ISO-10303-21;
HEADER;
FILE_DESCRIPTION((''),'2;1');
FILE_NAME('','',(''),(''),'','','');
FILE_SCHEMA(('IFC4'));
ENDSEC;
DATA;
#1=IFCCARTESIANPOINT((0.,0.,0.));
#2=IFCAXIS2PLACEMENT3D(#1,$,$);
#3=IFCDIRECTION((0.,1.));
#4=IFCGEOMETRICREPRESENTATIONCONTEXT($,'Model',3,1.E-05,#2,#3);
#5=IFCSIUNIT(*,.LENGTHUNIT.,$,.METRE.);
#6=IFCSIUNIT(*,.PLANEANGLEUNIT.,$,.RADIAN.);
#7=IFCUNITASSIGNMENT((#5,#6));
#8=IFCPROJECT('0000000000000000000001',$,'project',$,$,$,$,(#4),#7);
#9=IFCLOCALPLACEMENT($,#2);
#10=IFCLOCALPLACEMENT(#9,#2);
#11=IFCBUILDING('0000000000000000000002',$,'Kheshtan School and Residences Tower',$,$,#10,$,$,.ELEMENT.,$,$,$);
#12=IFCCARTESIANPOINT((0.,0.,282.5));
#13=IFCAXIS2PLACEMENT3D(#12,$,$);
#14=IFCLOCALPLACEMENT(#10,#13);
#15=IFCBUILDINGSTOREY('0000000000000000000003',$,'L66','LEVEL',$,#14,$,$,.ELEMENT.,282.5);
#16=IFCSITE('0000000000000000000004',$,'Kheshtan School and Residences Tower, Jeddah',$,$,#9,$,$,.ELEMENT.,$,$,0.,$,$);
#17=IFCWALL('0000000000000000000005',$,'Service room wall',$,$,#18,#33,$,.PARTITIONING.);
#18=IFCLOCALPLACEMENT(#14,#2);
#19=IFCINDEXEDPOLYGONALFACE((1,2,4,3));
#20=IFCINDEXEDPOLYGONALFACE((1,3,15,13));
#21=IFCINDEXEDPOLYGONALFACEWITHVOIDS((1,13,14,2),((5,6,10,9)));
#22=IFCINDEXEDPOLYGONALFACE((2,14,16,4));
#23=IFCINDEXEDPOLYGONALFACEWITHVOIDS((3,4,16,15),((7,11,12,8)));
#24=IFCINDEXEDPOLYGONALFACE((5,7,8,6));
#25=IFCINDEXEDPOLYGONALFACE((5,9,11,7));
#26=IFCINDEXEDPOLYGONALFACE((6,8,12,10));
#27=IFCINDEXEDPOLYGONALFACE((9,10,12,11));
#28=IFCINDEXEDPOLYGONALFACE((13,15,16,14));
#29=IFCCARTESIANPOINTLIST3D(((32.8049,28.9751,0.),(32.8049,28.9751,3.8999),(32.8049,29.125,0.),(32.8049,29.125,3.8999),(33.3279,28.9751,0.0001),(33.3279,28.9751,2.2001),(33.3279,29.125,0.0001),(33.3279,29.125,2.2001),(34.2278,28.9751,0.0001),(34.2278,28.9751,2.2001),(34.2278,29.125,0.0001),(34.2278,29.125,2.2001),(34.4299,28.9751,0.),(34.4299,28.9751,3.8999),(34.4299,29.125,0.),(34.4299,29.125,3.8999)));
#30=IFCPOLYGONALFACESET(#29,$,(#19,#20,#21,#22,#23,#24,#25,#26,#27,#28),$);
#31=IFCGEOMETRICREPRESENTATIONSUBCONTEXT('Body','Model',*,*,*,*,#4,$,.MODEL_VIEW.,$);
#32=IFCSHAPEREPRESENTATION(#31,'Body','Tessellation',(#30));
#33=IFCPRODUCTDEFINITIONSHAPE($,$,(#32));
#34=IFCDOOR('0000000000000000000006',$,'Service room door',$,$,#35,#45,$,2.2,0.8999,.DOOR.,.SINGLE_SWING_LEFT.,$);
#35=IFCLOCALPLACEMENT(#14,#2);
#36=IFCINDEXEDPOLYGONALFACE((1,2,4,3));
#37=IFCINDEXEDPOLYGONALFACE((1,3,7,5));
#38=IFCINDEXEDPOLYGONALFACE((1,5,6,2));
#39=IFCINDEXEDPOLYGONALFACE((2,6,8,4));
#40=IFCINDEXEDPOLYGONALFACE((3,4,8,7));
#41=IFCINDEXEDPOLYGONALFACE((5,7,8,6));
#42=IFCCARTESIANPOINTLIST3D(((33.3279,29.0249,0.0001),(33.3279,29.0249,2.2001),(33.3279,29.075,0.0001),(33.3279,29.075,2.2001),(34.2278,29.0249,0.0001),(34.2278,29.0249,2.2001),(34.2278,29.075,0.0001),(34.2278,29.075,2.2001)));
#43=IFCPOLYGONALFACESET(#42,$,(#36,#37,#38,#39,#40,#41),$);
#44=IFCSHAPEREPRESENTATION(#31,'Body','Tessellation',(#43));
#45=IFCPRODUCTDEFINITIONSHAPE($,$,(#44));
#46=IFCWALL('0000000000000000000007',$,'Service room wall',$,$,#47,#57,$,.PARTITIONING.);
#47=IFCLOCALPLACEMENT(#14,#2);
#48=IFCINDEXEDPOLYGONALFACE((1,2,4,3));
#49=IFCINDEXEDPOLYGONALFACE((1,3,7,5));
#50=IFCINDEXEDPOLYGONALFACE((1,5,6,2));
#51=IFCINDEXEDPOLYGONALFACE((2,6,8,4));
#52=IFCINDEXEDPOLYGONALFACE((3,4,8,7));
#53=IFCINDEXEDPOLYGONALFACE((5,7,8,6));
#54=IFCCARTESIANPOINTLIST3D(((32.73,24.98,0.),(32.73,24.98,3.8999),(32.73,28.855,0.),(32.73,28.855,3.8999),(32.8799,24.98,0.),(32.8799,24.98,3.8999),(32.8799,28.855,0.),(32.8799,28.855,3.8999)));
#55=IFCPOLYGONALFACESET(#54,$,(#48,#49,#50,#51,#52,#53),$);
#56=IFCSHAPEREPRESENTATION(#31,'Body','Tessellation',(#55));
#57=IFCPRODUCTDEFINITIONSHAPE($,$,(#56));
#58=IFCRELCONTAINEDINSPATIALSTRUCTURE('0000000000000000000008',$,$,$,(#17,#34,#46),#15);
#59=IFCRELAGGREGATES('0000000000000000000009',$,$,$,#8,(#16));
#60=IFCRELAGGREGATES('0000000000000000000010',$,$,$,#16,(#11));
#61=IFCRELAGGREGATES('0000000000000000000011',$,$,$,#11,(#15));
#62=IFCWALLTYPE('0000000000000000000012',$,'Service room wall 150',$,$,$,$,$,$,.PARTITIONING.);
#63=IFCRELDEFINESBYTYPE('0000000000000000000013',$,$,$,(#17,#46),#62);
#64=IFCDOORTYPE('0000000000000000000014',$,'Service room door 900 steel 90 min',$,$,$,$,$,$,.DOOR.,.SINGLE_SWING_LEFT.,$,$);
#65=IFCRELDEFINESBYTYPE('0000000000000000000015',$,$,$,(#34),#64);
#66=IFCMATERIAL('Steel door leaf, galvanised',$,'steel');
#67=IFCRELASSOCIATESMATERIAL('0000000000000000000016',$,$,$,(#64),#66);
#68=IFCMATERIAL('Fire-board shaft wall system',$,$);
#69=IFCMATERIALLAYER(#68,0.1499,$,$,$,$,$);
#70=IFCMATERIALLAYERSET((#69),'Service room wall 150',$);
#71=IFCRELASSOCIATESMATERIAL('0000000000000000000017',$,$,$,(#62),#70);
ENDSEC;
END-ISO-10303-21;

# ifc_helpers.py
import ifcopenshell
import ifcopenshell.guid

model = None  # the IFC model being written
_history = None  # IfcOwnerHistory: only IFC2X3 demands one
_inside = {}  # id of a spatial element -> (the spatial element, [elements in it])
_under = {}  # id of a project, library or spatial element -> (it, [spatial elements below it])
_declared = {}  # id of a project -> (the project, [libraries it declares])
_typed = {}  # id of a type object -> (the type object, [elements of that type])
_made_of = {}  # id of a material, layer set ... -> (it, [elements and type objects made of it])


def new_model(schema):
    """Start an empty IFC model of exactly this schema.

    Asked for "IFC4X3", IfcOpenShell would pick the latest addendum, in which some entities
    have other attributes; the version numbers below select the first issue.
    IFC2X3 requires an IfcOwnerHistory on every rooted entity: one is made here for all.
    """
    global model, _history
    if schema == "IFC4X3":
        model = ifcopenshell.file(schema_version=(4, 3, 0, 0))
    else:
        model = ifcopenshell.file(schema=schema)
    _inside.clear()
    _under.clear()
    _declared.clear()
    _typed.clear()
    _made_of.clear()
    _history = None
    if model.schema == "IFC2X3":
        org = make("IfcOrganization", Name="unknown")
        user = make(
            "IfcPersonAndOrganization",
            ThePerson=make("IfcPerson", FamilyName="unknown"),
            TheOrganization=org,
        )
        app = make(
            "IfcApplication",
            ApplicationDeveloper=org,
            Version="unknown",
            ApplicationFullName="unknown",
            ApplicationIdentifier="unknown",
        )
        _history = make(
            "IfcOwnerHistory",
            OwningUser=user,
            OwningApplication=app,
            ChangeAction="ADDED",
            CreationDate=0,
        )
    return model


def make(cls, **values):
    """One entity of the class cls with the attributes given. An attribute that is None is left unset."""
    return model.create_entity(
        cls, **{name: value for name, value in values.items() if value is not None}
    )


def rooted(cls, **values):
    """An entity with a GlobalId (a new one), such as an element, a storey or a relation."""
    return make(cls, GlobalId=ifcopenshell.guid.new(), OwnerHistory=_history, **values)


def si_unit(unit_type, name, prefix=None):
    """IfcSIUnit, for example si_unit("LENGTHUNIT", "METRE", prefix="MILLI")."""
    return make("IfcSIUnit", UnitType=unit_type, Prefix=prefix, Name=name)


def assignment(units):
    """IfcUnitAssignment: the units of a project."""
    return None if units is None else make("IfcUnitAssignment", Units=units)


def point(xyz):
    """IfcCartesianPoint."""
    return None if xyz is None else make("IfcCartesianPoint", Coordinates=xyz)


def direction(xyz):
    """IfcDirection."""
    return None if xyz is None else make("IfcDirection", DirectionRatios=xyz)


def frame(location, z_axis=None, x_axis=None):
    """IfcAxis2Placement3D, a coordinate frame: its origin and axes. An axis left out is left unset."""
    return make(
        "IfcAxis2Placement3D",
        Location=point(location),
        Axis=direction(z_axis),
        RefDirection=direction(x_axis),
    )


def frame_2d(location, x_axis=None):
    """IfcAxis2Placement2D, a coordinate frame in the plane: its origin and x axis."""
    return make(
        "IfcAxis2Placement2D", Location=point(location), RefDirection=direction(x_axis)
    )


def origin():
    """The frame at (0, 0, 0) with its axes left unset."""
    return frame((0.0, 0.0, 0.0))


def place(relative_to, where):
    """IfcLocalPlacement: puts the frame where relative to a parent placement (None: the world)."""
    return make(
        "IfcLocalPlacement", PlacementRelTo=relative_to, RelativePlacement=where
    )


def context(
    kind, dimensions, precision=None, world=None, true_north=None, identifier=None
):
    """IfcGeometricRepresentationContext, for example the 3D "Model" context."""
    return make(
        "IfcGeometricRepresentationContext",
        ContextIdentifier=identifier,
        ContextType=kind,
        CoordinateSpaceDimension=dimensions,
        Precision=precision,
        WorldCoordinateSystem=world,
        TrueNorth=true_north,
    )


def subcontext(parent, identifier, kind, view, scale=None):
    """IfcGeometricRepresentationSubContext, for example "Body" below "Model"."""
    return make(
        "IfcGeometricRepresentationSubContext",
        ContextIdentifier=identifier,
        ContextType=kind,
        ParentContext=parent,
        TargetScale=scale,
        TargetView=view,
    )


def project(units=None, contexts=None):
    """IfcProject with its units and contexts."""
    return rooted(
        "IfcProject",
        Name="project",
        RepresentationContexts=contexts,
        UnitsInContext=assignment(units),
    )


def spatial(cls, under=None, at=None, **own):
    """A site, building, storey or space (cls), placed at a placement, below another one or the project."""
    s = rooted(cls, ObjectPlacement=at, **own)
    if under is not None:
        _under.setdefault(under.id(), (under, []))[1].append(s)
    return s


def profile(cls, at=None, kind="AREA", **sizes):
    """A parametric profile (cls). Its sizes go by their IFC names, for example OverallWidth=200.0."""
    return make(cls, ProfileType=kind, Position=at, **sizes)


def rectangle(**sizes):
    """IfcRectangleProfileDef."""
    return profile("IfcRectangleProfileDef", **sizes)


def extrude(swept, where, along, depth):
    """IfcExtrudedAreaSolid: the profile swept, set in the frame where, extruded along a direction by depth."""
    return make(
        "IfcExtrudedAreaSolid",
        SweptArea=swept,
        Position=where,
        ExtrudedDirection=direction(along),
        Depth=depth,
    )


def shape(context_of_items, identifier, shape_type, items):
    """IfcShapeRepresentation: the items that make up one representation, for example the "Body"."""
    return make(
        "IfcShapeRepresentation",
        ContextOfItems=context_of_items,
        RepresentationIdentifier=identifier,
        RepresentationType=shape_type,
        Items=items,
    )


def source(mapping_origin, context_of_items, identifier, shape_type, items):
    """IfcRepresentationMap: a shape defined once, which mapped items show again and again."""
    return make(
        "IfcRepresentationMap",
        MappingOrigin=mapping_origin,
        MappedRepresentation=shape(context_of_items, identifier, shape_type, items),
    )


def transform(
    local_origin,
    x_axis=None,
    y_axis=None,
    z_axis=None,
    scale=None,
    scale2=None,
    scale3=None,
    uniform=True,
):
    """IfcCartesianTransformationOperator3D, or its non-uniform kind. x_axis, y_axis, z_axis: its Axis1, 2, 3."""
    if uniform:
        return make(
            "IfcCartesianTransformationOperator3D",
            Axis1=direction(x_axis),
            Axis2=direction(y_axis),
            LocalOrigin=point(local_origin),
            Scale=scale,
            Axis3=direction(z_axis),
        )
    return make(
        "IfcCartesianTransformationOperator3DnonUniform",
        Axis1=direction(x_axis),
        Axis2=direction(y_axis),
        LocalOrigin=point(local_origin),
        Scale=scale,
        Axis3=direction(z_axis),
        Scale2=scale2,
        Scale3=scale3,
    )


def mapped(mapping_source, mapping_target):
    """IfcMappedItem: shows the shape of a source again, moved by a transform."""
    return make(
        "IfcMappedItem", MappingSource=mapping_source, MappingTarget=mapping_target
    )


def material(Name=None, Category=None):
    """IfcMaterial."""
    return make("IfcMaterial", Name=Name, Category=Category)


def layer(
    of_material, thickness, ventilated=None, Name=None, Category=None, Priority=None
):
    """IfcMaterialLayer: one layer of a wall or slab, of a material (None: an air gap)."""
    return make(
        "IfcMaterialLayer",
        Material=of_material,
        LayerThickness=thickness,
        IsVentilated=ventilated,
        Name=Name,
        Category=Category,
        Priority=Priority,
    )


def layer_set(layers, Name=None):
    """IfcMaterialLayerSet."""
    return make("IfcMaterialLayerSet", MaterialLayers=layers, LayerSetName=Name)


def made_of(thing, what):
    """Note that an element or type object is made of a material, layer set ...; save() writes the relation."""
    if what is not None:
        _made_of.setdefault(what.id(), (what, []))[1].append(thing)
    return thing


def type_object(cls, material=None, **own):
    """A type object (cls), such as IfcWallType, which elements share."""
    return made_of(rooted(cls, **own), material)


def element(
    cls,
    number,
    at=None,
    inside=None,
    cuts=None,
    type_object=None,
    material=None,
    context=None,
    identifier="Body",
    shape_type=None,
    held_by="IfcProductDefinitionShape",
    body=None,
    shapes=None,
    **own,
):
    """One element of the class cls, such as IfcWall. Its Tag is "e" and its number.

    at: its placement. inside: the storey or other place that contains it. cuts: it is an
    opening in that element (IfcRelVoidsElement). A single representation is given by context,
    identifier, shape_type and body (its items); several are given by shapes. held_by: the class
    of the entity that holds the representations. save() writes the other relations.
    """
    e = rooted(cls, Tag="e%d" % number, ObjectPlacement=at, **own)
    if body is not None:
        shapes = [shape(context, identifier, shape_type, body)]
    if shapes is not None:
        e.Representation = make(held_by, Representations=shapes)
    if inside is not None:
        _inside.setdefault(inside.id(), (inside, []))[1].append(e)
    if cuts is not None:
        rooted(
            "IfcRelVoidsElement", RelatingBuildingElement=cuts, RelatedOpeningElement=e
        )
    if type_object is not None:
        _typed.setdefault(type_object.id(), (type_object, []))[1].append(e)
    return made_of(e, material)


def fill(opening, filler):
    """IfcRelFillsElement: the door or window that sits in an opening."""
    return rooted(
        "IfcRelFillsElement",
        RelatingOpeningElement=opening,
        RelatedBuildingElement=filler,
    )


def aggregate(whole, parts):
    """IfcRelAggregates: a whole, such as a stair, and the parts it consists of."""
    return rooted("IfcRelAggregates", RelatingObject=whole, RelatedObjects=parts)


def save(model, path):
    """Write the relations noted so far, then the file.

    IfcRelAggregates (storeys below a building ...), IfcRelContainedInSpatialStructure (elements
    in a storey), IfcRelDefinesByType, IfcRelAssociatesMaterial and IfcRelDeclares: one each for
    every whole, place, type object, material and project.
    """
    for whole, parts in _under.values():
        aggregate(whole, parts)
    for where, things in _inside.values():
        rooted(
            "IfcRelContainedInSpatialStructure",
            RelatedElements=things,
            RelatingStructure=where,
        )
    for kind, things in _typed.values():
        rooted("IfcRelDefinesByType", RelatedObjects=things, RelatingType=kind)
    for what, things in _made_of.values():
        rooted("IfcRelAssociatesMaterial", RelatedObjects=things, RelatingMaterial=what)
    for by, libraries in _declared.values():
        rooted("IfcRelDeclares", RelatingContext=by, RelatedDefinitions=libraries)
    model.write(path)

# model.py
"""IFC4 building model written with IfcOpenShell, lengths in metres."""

from ifc_helpers import new_model, si_unit, direction, frame, frame_2d, origin, place, context, subcontext, project, spatial, rectangle, extrude, source, transform, mapped, material, layer, layer_set, type_object, element, fill, save


model = new_model("IFC4")

# Units and contexts
model_context = context("Model", 3, precision=1e-05, world=origin(), true_north=direction((0.0, 1.0)))
body_context = subcontext(model_context, "Body", "Model", "MODEL_VIEW")
ifc_project = project(units=[si_unit("LENGTHUNIT", "METRE"), si_unit("PLANEANGLEUNIT", "RADIAN")], contexts=[model_context])

# Site, building, storey
site_placement = place(None, origin())
site = spatial("IfcSite", under=ifc_project, at=site_placement, Name="Kheshtan School and Residences Tower, Jeddah", CompositionType="ELEMENT", RefElevation=0.0)
building_placement = place(site_placement, origin())
building = spatial("IfcBuilding", under=site, at=building_placement, Name="Kheshtan School and Residences Tower", CompositionType="ELEMENT")
storey_placement = place(building_placement, frame((0.0, 0.0, 282.5)))
storey = spatial("IfcBuildingStorey", under=building, at=storey_placement, Name="L66", Description="LEVEL", CompositionType="ELEMENT", Elevation=282.5)

# Shared definitions
ifc_material_1 = material(Name="Steel door leaf, galvanised", Category="steel")
door_type_1 = type_object("IfcDoorType", Name="Service room door 900 steel 90 min", OperationType="SINGLE_SWING_LEFT", PredefinedType="DOOR", material=ifc_material_1)
shared_shape_1 = source(origin(), body_context, "Body", "SweptSolid", [
    extrude(rectangle(XDim=0.8999, YDim=2.2, at=frame_2d((0.45, 1.1001))), frame((0.0, 0.0249, 0.0), z_axis=(0.0, -1.0, 0.0), x_axis=(1.0, 0.0, 0.0)), (0.0, 0.0, 1.0), 0.05),
])

# Shared definitions
ifc_material_2 = material(Name="Fire-board shaft wall system")
ifc_layer_1 = layer(ifc_material_2, 0.1499)
ifc_layer_set_1 = layer_set([ifc_layer_1], Name="Service room wall 150")
wall_type_1 = type_object("IfcWallType", Name="Service room wall 150", PredefinedType="PARTITIONING", material=ifc_layer_set_1)

# Wall, opening, door
wall_1_placement = place(storey_placement, frame((32.8049, 29.05, 0.0), z_axis=(0.0, 0.0, 1.0), x_axis=(1.0, 0.0, 0.0)))
wall_1 = element("IfcWall", 1, at=wall_1_placement, inside=storey, type_object=wall_type_1, Name="Service room wall", PredefinedType="PARTITIONING", context=body_context, shape_type="SweptSolid", body=[
    extrude(rectangle(XDim=1.625, YDim=0.1499, at=frame_2d((0.8125, 0.0))), origin(), (0.0, 0.0, 1.0), 3.8999),
])
opening_1_placement = place(wall_1_placement, frame((0.5229, 0.0, 0.0)))
opening_1 = element("IfcOpeningElement", 2, at=opening_1_placement, cuts=wall_1, PredefinedType="OPENING", context=body_context, shape_type="SweptSolid", body=[
    extrude(rectangle(XDim=0.8999, YDim=2.2, at=frame_2d((0.45, 1.1001))), frame((0.0, 0.085, 0.0), z_axis=(0.0, -1.0, 0.0), x_axis=(1.0, 0.0, 0.0)), (0.0, 0.0, 1.0), 0.1699),
])
door_1_placement = place(opening_1_placement, origin())
door_1 = element("IfcDoor", 3, at=door_1_placement, inside=storey, type_object=door_type_1, Name="Service room door", OperationType="SINGLE_SWING_LEFT", OverallHeight=2.2, OverallWidth=0.8999, PredefinedType="DOOR", context=body_context, shape_type="MappedRepresentation", body=[
    mapped(shared_shape_1, transform((0.0, 0.0, 0.0), x_axis=(1.0, 0.0, 0.0), y_axis=(0.0, 1.0, 0.0), z_axis=(0.0, 0.0, 1.0), scale=1.0)),
])
fill(opening_1, door_1)

# Wall
wall_2_placement = place(storey_placement, frame((32.8049, 24.98, 0.0), z_axis=(0.0, 0.0, 1.0), x_axis=(0.0, 1.0, 0.0)))
element("IfcWall", 4, at=wall_2_placement, inside=storey, type_object=wall_type_1, Name="Service room wall", PredefinedType="PARTITIONING", context=body_context, shape_type="SweptSolid", body=[
    extrude(rectangle(XDim=3.875, YDim=0.1499, at=frame_2d((1.9375, 0.0))), origin(), (0.0, 0.0, 1.0), 3.8999),
])

save(model, "model.ifc")
